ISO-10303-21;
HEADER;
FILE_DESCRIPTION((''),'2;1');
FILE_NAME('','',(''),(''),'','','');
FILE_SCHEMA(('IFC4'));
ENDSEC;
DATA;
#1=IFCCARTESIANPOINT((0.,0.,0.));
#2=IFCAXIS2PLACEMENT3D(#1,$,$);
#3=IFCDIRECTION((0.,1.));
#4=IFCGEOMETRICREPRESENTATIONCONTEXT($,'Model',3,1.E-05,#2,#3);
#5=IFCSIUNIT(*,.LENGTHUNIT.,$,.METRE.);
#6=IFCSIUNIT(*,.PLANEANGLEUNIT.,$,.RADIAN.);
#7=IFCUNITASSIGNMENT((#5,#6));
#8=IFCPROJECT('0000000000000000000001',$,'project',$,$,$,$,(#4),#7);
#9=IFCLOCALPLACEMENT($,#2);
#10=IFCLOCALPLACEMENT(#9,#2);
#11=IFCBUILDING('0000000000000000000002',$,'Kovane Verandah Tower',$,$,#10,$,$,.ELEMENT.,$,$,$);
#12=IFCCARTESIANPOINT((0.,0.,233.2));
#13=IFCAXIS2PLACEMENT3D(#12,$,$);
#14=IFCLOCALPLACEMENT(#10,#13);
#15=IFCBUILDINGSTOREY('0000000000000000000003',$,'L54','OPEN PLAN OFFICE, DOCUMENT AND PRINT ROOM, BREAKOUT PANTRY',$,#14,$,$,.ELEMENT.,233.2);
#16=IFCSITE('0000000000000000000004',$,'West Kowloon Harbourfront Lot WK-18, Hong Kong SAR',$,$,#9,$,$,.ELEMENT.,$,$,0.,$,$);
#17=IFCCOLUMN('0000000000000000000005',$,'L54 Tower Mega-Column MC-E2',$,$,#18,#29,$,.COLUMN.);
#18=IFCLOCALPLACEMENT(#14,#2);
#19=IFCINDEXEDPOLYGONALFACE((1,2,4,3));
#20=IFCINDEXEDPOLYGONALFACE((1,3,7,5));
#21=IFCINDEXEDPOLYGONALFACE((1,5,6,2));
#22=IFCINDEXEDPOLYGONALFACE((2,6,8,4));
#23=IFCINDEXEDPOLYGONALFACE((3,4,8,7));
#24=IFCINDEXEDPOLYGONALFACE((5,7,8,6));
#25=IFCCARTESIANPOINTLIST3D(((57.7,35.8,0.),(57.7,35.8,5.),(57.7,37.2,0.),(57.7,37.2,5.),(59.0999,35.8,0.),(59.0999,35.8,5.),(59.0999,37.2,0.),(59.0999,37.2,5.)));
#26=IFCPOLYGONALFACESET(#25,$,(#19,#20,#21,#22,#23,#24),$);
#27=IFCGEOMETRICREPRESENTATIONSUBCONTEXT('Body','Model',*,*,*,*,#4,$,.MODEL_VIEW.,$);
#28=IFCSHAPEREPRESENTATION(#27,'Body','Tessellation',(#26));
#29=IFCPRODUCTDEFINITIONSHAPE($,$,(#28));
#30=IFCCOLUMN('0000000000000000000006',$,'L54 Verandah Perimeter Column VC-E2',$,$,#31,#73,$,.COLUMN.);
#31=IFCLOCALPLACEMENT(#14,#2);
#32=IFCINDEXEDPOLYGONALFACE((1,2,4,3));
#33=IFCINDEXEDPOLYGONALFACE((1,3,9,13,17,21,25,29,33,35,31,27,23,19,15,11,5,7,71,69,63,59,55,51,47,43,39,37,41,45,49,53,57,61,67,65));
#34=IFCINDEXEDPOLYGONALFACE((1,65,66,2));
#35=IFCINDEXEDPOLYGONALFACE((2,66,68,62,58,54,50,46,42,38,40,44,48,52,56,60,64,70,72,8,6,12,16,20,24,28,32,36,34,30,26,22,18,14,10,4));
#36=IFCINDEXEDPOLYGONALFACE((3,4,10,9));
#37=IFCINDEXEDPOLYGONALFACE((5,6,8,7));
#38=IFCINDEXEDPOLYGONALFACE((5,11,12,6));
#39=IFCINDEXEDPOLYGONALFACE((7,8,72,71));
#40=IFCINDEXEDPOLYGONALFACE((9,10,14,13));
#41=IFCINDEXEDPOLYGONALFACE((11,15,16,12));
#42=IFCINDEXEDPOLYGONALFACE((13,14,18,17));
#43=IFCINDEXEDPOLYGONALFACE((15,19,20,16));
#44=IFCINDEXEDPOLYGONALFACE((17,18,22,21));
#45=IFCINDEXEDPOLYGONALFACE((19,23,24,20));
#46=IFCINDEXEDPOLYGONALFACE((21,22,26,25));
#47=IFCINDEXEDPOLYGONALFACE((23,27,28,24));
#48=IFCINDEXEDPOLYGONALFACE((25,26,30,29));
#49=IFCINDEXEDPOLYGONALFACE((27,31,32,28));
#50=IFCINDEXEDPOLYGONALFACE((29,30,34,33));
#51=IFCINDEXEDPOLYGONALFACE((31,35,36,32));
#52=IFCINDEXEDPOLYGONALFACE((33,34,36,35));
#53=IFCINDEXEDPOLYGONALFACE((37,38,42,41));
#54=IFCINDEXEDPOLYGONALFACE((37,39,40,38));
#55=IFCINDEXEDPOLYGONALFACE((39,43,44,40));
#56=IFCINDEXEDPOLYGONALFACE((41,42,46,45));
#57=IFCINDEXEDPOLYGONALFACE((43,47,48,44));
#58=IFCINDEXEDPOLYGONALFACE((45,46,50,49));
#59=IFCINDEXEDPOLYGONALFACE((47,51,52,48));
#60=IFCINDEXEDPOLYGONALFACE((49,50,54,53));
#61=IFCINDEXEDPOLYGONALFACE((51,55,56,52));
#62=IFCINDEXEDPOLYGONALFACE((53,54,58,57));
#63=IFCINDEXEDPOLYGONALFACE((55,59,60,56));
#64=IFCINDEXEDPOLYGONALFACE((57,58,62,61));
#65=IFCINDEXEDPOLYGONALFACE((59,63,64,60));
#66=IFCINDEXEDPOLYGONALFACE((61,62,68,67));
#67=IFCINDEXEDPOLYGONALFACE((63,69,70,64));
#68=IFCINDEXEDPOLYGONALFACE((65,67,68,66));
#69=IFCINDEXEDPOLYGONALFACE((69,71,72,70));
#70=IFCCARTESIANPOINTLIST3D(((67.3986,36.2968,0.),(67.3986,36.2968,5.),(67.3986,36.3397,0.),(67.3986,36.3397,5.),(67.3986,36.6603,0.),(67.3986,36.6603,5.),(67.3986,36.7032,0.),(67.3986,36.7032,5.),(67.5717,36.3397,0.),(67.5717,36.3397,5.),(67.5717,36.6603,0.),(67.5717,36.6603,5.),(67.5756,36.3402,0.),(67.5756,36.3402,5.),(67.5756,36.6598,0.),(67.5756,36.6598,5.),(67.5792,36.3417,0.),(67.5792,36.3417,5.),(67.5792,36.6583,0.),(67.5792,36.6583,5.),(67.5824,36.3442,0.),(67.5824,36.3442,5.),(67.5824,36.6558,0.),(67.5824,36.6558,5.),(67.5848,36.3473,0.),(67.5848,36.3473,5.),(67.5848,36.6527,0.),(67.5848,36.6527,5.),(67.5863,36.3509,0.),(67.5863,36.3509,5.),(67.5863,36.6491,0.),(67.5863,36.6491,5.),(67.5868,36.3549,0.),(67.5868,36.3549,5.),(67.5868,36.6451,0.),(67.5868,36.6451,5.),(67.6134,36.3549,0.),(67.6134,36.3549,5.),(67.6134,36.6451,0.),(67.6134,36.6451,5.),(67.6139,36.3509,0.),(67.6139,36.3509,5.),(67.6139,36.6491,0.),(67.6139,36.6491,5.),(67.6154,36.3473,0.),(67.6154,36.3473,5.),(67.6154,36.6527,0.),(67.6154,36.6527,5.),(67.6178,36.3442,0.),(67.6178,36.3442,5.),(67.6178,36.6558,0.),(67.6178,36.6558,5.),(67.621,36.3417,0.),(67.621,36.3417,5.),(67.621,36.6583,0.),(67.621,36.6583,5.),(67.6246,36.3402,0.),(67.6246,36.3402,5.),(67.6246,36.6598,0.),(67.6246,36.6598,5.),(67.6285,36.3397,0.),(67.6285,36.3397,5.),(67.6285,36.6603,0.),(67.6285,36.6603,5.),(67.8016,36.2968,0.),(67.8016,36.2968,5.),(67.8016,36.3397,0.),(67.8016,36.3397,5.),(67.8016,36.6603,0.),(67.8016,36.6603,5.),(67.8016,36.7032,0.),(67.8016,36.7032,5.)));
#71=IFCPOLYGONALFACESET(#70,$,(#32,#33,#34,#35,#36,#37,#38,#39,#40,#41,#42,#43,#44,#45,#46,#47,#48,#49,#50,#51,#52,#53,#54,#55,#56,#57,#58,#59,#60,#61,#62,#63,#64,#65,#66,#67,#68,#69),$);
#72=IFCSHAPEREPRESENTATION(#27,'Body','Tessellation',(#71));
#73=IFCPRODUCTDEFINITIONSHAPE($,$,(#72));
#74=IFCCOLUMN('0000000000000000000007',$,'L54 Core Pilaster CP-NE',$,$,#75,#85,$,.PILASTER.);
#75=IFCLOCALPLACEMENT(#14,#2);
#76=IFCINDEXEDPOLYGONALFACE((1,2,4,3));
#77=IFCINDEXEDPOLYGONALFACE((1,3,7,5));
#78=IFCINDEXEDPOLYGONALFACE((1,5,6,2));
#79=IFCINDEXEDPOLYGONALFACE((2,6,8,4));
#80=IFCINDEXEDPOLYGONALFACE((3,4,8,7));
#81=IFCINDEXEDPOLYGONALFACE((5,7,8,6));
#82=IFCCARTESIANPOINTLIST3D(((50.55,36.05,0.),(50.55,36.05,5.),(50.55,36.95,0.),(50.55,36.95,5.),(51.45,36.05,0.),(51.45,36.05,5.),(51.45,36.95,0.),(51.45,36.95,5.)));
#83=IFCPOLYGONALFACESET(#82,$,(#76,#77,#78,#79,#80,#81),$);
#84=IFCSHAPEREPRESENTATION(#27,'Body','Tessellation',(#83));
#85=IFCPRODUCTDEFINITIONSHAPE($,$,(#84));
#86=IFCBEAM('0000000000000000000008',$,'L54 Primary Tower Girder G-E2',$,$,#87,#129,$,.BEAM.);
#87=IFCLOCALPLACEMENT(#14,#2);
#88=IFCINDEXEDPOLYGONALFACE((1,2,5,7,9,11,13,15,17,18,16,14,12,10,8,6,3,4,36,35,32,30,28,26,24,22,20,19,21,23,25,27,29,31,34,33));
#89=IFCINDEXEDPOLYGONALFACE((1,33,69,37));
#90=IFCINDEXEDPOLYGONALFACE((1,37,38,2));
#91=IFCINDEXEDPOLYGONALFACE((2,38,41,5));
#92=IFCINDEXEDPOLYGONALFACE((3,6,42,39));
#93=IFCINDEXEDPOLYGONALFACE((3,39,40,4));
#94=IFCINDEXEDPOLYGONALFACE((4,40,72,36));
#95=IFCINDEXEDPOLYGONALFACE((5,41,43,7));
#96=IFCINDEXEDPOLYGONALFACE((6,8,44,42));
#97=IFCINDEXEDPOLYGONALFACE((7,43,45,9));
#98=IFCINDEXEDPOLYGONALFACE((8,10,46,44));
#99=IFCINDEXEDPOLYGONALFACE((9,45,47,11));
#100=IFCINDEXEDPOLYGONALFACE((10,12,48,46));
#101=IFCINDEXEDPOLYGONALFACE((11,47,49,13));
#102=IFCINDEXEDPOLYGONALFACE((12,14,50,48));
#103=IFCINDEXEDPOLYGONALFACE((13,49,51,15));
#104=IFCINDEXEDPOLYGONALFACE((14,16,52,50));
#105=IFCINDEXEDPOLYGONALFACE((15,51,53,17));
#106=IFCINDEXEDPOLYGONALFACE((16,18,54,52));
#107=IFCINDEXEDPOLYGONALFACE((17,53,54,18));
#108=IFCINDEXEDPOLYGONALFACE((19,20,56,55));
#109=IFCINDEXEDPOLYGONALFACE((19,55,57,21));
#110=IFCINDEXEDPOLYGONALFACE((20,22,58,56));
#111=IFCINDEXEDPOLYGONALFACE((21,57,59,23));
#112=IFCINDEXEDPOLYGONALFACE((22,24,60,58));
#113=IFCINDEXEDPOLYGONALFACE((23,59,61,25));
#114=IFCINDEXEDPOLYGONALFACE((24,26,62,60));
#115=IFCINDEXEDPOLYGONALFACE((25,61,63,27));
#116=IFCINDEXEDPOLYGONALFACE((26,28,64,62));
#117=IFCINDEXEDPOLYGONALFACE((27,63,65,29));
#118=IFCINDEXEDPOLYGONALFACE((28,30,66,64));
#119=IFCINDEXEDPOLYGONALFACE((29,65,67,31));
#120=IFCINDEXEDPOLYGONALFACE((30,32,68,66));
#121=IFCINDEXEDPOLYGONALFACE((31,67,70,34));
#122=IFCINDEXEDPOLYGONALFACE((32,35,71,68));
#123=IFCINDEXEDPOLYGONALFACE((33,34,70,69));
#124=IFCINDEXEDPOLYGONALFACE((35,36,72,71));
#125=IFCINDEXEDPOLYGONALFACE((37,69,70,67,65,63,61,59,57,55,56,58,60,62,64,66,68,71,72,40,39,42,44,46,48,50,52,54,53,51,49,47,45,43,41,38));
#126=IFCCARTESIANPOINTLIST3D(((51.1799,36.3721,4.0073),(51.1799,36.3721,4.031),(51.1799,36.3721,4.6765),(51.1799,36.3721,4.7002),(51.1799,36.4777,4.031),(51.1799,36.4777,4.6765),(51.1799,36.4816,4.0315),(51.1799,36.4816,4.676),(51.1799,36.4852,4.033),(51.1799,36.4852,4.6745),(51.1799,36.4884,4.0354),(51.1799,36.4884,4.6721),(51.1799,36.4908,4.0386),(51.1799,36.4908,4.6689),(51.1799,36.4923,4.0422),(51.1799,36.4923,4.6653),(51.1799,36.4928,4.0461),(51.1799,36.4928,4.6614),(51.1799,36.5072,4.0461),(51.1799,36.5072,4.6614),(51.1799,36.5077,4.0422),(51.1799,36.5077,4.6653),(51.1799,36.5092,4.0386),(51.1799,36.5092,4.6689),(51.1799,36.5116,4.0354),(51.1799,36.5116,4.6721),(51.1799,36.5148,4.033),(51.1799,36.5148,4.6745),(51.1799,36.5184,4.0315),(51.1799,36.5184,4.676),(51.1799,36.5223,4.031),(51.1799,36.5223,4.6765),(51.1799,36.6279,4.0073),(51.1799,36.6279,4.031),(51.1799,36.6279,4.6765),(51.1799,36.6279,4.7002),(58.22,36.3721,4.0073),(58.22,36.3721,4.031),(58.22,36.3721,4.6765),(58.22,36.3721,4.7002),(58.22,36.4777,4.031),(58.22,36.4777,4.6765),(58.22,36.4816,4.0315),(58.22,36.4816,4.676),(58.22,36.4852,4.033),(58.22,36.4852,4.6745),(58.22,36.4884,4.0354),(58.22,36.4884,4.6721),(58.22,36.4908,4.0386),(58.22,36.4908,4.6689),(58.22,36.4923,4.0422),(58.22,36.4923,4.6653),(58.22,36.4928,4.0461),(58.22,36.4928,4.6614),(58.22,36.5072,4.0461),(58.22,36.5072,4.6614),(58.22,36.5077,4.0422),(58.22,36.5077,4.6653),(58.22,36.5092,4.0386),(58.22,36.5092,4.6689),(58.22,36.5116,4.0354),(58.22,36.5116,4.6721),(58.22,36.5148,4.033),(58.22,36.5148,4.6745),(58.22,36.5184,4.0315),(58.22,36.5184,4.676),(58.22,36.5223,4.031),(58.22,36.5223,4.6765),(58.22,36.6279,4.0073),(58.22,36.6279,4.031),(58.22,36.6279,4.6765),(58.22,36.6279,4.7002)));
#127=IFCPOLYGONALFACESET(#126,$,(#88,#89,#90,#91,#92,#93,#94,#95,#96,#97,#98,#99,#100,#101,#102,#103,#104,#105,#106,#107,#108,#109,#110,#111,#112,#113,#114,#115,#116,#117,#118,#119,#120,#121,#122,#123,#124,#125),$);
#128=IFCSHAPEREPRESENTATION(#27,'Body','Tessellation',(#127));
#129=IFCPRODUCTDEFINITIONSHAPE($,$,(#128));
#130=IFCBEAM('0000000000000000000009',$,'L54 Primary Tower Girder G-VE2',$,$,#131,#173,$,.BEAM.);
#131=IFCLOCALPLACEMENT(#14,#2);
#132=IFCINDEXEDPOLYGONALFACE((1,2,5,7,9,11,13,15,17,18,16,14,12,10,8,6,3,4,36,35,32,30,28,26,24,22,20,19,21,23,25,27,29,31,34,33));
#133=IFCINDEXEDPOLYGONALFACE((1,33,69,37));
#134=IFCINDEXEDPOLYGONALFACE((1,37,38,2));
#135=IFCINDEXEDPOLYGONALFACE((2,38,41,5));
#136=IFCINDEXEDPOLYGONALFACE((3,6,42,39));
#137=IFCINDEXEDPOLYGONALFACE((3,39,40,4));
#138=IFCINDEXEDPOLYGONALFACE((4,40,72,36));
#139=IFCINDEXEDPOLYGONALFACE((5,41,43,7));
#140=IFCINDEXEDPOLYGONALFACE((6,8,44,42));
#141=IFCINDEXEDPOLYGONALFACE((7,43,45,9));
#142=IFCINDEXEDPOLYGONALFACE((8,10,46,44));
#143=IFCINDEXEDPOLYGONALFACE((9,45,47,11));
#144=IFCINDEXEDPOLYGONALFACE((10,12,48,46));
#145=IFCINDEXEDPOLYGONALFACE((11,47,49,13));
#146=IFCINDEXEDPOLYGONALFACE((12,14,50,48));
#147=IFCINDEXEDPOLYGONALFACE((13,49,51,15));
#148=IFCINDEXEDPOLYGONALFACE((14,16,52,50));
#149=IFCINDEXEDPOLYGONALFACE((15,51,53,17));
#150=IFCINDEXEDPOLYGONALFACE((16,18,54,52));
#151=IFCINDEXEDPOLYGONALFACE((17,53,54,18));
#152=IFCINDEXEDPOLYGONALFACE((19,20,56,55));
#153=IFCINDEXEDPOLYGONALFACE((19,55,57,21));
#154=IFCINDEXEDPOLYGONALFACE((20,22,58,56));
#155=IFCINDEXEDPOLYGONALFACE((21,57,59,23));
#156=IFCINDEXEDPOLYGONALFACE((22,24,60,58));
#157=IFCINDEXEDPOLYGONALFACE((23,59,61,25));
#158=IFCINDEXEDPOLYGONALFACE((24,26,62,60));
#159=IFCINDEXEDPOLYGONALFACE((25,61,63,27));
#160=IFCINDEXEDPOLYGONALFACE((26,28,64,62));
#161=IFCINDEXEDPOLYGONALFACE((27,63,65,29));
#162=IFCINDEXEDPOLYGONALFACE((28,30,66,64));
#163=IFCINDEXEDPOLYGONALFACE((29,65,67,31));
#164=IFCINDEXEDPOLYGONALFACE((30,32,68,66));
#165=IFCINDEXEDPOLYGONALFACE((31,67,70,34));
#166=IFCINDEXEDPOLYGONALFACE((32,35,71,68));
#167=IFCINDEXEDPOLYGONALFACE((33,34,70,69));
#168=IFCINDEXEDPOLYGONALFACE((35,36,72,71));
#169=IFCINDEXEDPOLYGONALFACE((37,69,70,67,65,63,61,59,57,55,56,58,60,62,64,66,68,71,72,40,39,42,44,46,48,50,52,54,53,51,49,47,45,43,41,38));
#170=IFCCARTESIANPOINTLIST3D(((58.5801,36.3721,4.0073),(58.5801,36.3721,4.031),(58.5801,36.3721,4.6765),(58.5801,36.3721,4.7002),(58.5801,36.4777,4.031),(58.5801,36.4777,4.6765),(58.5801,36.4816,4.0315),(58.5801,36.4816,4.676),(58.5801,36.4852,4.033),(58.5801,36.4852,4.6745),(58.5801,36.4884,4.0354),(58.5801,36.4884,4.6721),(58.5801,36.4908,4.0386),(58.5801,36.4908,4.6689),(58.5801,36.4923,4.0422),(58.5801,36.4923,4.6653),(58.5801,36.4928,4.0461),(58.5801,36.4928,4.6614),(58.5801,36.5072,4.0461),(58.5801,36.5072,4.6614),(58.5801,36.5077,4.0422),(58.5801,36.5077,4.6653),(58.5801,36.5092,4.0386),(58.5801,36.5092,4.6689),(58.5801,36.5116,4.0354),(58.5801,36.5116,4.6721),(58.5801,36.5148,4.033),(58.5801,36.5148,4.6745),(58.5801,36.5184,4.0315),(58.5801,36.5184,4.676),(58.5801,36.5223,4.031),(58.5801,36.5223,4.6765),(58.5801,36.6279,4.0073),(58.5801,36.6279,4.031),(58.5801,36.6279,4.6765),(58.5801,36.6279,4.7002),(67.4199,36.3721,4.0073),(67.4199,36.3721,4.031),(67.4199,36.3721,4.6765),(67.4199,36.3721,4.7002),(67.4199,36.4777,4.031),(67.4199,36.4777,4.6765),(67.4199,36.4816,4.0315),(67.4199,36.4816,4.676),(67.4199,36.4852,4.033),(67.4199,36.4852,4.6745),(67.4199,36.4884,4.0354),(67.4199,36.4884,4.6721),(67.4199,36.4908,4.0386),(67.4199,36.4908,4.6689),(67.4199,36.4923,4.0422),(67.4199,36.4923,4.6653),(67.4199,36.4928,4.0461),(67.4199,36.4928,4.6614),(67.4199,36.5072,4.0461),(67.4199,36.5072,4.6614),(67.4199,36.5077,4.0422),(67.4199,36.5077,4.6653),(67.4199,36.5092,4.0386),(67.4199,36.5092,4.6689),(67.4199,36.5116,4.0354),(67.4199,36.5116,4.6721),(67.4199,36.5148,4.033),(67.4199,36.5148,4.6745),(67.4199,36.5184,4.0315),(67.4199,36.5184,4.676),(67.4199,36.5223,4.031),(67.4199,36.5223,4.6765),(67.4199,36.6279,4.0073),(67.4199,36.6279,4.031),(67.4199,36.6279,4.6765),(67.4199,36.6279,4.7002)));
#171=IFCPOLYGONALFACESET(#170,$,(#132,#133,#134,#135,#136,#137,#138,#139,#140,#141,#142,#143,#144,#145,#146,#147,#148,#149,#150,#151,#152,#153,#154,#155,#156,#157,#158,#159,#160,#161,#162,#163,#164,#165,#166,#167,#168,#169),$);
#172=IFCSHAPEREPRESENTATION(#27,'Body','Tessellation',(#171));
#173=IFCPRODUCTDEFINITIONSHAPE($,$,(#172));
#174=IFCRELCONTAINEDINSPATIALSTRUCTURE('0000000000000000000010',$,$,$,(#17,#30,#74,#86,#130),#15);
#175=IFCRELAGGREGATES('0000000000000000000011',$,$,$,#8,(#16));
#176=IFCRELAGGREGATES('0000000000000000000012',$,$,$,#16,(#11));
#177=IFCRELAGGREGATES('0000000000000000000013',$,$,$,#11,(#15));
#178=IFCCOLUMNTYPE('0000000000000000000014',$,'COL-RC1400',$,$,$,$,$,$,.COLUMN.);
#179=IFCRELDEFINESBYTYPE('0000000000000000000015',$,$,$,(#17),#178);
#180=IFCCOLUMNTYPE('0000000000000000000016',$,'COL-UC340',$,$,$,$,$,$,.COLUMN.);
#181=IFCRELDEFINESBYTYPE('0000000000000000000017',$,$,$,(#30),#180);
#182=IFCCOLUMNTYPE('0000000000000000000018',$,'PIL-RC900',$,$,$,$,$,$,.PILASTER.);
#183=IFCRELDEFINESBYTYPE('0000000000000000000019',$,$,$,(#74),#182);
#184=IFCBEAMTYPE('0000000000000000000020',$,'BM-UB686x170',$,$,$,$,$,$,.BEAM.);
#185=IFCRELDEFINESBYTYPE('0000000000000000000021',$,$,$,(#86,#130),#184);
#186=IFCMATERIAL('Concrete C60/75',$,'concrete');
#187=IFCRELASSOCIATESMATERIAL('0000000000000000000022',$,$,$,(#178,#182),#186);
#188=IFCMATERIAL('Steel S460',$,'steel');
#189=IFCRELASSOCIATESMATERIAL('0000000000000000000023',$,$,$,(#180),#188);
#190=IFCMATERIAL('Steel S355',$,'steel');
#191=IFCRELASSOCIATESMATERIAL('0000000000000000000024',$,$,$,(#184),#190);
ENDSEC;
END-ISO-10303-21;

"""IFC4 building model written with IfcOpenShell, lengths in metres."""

from ifc_helpers import new_model, si_unit, direction, frame, origin, origin_2d, place, context, subcontext, project, spatial, rectangle, i_section, extrude, material, material_profile, profile_set, type_object, element, save


model = new_model("IFC4")

# Units and contexts
model_context = context("Model", 3, precision=1e-05, world=origin(), true_north=direction((0.0, 1.0)))
body_context = subcontext(model_context, "Body", "Model", "MODEL_VIEW")
ifc_project = project(units=[si_unit("LENGTHUNIT", "METRE"), si_unit("PLANEANGLEUNIT", "RADIAN")], contexts=[model_context])

# Site, building, storey
site_placement = place(None, origin())
site = spatial("IfcSite", under=ifc_project, at=site_placement, Name="West Kowloon Harbourfront Lot WK-18, Hong Kong SAR", CompositionType="ELEMENT", RefElevation=0.0)
building_placement = place(site_placement, origin())
building = spatial("IfcBuilding", under=site, at=building_placement, Name="Kovane Verandah Tower", CompositionType="ELEMENT")
storey_placement = place(building_placement, frame((0.0, 0.0, 233.2)))
storey = spatial("IfcBuildingStorey", under=building, at=storey_placement, Name="L54", Description="OPEN PLAN OFFICE, DOCUMENT AND PRINT ROOM, BREAKOUT PANTRY", CompositionType="ELEMENT", Elevation=233.2)

# Columns
ifc_material_1 = material(Name="Concrete C60/75", Category="concrete")
ifc_material_profile_1 = material_profile(ifc_material_1, rectangle(XDim=1.3999, YDim=1.3999, at=origin_2d()), Name="RC1400x1400")
ifc_profile_set_1 = profile_set([ifc_material_profile_1], Name="Concrete C60/75")
column_type_1 = type_object("IfcColumnType", Name="COL-RC1400", PredefinedType="COLUMN", material=ifc_profile_set_1)
column_1_placement = place(storey_placement, frame((58.3999, 36.5, 0.0), z_axis=(0.0, 0.0, 1.0), x_axis=(1.0, 0.0, 0.0)))
element("IfcColumn", 1, at=column_1_placement, inside=storey, type_object=column_type_1, Name="L54 Tower Mega-Column MC-E2", PredefinedType="COLUMN", context=body_context, shape_type="SweptSolid", body=[
    extrude(rectangle(XDim=1.3999, YDim=1.3999, at=origin_2d()), origin(), (0.0, 0.0, 1.0), 5.0),
])
ifc_material_2 = material(Name="Steel S460", Category="steel")
ifc_material_profile_2 = material_profile(ifc_material_2, i_section(OverallWidth=0.4031, OverallDepth=0.4065, WebThickness=0.0266, FlangeThickness=0.043, FilletRadius=0.0151, at=origin_2d()), Name="UC356x406x340")
ifc_profile_set_2 = profile_set([ifc_material_profile_2], Name="Steel S460")
column_type_2 = type_object("IfcColumnType", Name="COL-UC340", PredefinedType="COLUMN", material=ifc_profile_set_2)
column_2_placement = place(storey_placement, frame((67.6001, 36.5, 0.0), z_axis=(0.0, 0.0, 1.0), x_axis=(1.0, 0.0, 0.0)))
element("IfcColumn", 2, at=column_2_placement, inside=storey, type_object=column_type_2, Name="L54 Verandah Perimeter Column VC-E2", PredefinedType="COLUMN", context=body_context, shape_type="SweptSolid", body=[
    extrude(i_section(OverallWidth=0.4031, OverallDepth=0.4065, WebThickness=0.0266, FlangeThickness=0.043, FilletRadius=0.0151, at=origin_2d()), origin(), (0.0, 0.0, 1.0), 5.0),
])
ifc_material_profile_3 = material_profile(ifc_material_1, rectangle(XDim=0.8999, YDim=0.8999, at=origin_2d()), Name="RC900x900")
ifc_profile_set_3 = profile_set([ifc_material_profile_3], Name="Concrete C60/75")
column_type_3 = type_object("IfcColumnType", Name="PIL-RC900", PredefinedType="PILASTER", material=ifc_profile_set_3)
column_3_placement = place(storey_placement, frame((51.0, 36.5, 0.0), z_axis=(0.0, 0.0, 1.0), x_axis=(1.0, 0.0, 0.0)))
element("IfcColumn", 3, at=column_3_placement, inside=storey, type_object=column_type_3, Name="L54 Core Pilaster CP-NE", PredefinedType="PILASTER", context=body_context, shape_type="SweptSolid", body=[
    extrude(rectangle(XDim=0.8999, YDim=0.8999, at=origin_2d()), origin(), (0.0, 0.0, 1.0), 5.0),
])

# Beams
ifc_material_3 = material(Name="Steel S355", Category="steel")
ifc_material_profile_4 = material_profile(ifc_material_3, i_section(OverallWidth=0.2559, OverallDepth=0.6929, WebThickness=0.0144, FlangeThickness=0.0237, FilletRadius=0.0151, at=origin_2d()), Name="UB686x254x170")
ifc_profile_set_4 = profile_set([ifc_material_profile_4], Name="Steel S355")
beam_type_1 = type_object("IfcBeamType", Name="BM-UB686x170", PredefinedType="BEAM", material=ifc_profile_set_4)
beam_1_placement = place(storey_placement, frame((51.1799, 36.5, 4.3538), z_axis=(1.0, 0.0, 0.0), x_axis=(0.0, 1.0, 0.0)))
element("IfcBeam", 4, at=beam_1_placement, inside=storey, type_object=beam_type_1, Name="L54 Primary Tower Girder G-E2", PredefinedType="BEAM", context=body_context, shape_type="SweptSolid", body=[
    extrude(i_section(OverallWidth=0.2559, OverallDepth=0.6929, WebThickness=0.0144, FlangeThickness=0.0237, FilletRadius=0.0151, at=origin_2d()), origin(), (0.0, 0.0, 1.0), 7.04),
])
beam_2_placement = place(storey_placement, frame((58.5801, 36.5, 4.3538), z_axis=(1.0, 0.0, 0.0), x_axis=(0.0, 1.0, 0.0)))
element("IfcBeam", 5, at=beam_2_placement, inside=storey, type_object=beam_type_1, Name="L54 Primary Tower Girder G-VE2", PredefinedType="BEAM", context=body_context, shape_type="SweptSolid", body=[
    extrude(i_section(OverallWidth=0.2559, OverallDepth=0.6929, WebThickness=0.0144, FlangeThickness=0.0237, FilletRadius=0.0151, at=origin_2d()), origin(), (0.0, 0.0, 1.0), 8.8398),
])

save(model, "model.ifc")
